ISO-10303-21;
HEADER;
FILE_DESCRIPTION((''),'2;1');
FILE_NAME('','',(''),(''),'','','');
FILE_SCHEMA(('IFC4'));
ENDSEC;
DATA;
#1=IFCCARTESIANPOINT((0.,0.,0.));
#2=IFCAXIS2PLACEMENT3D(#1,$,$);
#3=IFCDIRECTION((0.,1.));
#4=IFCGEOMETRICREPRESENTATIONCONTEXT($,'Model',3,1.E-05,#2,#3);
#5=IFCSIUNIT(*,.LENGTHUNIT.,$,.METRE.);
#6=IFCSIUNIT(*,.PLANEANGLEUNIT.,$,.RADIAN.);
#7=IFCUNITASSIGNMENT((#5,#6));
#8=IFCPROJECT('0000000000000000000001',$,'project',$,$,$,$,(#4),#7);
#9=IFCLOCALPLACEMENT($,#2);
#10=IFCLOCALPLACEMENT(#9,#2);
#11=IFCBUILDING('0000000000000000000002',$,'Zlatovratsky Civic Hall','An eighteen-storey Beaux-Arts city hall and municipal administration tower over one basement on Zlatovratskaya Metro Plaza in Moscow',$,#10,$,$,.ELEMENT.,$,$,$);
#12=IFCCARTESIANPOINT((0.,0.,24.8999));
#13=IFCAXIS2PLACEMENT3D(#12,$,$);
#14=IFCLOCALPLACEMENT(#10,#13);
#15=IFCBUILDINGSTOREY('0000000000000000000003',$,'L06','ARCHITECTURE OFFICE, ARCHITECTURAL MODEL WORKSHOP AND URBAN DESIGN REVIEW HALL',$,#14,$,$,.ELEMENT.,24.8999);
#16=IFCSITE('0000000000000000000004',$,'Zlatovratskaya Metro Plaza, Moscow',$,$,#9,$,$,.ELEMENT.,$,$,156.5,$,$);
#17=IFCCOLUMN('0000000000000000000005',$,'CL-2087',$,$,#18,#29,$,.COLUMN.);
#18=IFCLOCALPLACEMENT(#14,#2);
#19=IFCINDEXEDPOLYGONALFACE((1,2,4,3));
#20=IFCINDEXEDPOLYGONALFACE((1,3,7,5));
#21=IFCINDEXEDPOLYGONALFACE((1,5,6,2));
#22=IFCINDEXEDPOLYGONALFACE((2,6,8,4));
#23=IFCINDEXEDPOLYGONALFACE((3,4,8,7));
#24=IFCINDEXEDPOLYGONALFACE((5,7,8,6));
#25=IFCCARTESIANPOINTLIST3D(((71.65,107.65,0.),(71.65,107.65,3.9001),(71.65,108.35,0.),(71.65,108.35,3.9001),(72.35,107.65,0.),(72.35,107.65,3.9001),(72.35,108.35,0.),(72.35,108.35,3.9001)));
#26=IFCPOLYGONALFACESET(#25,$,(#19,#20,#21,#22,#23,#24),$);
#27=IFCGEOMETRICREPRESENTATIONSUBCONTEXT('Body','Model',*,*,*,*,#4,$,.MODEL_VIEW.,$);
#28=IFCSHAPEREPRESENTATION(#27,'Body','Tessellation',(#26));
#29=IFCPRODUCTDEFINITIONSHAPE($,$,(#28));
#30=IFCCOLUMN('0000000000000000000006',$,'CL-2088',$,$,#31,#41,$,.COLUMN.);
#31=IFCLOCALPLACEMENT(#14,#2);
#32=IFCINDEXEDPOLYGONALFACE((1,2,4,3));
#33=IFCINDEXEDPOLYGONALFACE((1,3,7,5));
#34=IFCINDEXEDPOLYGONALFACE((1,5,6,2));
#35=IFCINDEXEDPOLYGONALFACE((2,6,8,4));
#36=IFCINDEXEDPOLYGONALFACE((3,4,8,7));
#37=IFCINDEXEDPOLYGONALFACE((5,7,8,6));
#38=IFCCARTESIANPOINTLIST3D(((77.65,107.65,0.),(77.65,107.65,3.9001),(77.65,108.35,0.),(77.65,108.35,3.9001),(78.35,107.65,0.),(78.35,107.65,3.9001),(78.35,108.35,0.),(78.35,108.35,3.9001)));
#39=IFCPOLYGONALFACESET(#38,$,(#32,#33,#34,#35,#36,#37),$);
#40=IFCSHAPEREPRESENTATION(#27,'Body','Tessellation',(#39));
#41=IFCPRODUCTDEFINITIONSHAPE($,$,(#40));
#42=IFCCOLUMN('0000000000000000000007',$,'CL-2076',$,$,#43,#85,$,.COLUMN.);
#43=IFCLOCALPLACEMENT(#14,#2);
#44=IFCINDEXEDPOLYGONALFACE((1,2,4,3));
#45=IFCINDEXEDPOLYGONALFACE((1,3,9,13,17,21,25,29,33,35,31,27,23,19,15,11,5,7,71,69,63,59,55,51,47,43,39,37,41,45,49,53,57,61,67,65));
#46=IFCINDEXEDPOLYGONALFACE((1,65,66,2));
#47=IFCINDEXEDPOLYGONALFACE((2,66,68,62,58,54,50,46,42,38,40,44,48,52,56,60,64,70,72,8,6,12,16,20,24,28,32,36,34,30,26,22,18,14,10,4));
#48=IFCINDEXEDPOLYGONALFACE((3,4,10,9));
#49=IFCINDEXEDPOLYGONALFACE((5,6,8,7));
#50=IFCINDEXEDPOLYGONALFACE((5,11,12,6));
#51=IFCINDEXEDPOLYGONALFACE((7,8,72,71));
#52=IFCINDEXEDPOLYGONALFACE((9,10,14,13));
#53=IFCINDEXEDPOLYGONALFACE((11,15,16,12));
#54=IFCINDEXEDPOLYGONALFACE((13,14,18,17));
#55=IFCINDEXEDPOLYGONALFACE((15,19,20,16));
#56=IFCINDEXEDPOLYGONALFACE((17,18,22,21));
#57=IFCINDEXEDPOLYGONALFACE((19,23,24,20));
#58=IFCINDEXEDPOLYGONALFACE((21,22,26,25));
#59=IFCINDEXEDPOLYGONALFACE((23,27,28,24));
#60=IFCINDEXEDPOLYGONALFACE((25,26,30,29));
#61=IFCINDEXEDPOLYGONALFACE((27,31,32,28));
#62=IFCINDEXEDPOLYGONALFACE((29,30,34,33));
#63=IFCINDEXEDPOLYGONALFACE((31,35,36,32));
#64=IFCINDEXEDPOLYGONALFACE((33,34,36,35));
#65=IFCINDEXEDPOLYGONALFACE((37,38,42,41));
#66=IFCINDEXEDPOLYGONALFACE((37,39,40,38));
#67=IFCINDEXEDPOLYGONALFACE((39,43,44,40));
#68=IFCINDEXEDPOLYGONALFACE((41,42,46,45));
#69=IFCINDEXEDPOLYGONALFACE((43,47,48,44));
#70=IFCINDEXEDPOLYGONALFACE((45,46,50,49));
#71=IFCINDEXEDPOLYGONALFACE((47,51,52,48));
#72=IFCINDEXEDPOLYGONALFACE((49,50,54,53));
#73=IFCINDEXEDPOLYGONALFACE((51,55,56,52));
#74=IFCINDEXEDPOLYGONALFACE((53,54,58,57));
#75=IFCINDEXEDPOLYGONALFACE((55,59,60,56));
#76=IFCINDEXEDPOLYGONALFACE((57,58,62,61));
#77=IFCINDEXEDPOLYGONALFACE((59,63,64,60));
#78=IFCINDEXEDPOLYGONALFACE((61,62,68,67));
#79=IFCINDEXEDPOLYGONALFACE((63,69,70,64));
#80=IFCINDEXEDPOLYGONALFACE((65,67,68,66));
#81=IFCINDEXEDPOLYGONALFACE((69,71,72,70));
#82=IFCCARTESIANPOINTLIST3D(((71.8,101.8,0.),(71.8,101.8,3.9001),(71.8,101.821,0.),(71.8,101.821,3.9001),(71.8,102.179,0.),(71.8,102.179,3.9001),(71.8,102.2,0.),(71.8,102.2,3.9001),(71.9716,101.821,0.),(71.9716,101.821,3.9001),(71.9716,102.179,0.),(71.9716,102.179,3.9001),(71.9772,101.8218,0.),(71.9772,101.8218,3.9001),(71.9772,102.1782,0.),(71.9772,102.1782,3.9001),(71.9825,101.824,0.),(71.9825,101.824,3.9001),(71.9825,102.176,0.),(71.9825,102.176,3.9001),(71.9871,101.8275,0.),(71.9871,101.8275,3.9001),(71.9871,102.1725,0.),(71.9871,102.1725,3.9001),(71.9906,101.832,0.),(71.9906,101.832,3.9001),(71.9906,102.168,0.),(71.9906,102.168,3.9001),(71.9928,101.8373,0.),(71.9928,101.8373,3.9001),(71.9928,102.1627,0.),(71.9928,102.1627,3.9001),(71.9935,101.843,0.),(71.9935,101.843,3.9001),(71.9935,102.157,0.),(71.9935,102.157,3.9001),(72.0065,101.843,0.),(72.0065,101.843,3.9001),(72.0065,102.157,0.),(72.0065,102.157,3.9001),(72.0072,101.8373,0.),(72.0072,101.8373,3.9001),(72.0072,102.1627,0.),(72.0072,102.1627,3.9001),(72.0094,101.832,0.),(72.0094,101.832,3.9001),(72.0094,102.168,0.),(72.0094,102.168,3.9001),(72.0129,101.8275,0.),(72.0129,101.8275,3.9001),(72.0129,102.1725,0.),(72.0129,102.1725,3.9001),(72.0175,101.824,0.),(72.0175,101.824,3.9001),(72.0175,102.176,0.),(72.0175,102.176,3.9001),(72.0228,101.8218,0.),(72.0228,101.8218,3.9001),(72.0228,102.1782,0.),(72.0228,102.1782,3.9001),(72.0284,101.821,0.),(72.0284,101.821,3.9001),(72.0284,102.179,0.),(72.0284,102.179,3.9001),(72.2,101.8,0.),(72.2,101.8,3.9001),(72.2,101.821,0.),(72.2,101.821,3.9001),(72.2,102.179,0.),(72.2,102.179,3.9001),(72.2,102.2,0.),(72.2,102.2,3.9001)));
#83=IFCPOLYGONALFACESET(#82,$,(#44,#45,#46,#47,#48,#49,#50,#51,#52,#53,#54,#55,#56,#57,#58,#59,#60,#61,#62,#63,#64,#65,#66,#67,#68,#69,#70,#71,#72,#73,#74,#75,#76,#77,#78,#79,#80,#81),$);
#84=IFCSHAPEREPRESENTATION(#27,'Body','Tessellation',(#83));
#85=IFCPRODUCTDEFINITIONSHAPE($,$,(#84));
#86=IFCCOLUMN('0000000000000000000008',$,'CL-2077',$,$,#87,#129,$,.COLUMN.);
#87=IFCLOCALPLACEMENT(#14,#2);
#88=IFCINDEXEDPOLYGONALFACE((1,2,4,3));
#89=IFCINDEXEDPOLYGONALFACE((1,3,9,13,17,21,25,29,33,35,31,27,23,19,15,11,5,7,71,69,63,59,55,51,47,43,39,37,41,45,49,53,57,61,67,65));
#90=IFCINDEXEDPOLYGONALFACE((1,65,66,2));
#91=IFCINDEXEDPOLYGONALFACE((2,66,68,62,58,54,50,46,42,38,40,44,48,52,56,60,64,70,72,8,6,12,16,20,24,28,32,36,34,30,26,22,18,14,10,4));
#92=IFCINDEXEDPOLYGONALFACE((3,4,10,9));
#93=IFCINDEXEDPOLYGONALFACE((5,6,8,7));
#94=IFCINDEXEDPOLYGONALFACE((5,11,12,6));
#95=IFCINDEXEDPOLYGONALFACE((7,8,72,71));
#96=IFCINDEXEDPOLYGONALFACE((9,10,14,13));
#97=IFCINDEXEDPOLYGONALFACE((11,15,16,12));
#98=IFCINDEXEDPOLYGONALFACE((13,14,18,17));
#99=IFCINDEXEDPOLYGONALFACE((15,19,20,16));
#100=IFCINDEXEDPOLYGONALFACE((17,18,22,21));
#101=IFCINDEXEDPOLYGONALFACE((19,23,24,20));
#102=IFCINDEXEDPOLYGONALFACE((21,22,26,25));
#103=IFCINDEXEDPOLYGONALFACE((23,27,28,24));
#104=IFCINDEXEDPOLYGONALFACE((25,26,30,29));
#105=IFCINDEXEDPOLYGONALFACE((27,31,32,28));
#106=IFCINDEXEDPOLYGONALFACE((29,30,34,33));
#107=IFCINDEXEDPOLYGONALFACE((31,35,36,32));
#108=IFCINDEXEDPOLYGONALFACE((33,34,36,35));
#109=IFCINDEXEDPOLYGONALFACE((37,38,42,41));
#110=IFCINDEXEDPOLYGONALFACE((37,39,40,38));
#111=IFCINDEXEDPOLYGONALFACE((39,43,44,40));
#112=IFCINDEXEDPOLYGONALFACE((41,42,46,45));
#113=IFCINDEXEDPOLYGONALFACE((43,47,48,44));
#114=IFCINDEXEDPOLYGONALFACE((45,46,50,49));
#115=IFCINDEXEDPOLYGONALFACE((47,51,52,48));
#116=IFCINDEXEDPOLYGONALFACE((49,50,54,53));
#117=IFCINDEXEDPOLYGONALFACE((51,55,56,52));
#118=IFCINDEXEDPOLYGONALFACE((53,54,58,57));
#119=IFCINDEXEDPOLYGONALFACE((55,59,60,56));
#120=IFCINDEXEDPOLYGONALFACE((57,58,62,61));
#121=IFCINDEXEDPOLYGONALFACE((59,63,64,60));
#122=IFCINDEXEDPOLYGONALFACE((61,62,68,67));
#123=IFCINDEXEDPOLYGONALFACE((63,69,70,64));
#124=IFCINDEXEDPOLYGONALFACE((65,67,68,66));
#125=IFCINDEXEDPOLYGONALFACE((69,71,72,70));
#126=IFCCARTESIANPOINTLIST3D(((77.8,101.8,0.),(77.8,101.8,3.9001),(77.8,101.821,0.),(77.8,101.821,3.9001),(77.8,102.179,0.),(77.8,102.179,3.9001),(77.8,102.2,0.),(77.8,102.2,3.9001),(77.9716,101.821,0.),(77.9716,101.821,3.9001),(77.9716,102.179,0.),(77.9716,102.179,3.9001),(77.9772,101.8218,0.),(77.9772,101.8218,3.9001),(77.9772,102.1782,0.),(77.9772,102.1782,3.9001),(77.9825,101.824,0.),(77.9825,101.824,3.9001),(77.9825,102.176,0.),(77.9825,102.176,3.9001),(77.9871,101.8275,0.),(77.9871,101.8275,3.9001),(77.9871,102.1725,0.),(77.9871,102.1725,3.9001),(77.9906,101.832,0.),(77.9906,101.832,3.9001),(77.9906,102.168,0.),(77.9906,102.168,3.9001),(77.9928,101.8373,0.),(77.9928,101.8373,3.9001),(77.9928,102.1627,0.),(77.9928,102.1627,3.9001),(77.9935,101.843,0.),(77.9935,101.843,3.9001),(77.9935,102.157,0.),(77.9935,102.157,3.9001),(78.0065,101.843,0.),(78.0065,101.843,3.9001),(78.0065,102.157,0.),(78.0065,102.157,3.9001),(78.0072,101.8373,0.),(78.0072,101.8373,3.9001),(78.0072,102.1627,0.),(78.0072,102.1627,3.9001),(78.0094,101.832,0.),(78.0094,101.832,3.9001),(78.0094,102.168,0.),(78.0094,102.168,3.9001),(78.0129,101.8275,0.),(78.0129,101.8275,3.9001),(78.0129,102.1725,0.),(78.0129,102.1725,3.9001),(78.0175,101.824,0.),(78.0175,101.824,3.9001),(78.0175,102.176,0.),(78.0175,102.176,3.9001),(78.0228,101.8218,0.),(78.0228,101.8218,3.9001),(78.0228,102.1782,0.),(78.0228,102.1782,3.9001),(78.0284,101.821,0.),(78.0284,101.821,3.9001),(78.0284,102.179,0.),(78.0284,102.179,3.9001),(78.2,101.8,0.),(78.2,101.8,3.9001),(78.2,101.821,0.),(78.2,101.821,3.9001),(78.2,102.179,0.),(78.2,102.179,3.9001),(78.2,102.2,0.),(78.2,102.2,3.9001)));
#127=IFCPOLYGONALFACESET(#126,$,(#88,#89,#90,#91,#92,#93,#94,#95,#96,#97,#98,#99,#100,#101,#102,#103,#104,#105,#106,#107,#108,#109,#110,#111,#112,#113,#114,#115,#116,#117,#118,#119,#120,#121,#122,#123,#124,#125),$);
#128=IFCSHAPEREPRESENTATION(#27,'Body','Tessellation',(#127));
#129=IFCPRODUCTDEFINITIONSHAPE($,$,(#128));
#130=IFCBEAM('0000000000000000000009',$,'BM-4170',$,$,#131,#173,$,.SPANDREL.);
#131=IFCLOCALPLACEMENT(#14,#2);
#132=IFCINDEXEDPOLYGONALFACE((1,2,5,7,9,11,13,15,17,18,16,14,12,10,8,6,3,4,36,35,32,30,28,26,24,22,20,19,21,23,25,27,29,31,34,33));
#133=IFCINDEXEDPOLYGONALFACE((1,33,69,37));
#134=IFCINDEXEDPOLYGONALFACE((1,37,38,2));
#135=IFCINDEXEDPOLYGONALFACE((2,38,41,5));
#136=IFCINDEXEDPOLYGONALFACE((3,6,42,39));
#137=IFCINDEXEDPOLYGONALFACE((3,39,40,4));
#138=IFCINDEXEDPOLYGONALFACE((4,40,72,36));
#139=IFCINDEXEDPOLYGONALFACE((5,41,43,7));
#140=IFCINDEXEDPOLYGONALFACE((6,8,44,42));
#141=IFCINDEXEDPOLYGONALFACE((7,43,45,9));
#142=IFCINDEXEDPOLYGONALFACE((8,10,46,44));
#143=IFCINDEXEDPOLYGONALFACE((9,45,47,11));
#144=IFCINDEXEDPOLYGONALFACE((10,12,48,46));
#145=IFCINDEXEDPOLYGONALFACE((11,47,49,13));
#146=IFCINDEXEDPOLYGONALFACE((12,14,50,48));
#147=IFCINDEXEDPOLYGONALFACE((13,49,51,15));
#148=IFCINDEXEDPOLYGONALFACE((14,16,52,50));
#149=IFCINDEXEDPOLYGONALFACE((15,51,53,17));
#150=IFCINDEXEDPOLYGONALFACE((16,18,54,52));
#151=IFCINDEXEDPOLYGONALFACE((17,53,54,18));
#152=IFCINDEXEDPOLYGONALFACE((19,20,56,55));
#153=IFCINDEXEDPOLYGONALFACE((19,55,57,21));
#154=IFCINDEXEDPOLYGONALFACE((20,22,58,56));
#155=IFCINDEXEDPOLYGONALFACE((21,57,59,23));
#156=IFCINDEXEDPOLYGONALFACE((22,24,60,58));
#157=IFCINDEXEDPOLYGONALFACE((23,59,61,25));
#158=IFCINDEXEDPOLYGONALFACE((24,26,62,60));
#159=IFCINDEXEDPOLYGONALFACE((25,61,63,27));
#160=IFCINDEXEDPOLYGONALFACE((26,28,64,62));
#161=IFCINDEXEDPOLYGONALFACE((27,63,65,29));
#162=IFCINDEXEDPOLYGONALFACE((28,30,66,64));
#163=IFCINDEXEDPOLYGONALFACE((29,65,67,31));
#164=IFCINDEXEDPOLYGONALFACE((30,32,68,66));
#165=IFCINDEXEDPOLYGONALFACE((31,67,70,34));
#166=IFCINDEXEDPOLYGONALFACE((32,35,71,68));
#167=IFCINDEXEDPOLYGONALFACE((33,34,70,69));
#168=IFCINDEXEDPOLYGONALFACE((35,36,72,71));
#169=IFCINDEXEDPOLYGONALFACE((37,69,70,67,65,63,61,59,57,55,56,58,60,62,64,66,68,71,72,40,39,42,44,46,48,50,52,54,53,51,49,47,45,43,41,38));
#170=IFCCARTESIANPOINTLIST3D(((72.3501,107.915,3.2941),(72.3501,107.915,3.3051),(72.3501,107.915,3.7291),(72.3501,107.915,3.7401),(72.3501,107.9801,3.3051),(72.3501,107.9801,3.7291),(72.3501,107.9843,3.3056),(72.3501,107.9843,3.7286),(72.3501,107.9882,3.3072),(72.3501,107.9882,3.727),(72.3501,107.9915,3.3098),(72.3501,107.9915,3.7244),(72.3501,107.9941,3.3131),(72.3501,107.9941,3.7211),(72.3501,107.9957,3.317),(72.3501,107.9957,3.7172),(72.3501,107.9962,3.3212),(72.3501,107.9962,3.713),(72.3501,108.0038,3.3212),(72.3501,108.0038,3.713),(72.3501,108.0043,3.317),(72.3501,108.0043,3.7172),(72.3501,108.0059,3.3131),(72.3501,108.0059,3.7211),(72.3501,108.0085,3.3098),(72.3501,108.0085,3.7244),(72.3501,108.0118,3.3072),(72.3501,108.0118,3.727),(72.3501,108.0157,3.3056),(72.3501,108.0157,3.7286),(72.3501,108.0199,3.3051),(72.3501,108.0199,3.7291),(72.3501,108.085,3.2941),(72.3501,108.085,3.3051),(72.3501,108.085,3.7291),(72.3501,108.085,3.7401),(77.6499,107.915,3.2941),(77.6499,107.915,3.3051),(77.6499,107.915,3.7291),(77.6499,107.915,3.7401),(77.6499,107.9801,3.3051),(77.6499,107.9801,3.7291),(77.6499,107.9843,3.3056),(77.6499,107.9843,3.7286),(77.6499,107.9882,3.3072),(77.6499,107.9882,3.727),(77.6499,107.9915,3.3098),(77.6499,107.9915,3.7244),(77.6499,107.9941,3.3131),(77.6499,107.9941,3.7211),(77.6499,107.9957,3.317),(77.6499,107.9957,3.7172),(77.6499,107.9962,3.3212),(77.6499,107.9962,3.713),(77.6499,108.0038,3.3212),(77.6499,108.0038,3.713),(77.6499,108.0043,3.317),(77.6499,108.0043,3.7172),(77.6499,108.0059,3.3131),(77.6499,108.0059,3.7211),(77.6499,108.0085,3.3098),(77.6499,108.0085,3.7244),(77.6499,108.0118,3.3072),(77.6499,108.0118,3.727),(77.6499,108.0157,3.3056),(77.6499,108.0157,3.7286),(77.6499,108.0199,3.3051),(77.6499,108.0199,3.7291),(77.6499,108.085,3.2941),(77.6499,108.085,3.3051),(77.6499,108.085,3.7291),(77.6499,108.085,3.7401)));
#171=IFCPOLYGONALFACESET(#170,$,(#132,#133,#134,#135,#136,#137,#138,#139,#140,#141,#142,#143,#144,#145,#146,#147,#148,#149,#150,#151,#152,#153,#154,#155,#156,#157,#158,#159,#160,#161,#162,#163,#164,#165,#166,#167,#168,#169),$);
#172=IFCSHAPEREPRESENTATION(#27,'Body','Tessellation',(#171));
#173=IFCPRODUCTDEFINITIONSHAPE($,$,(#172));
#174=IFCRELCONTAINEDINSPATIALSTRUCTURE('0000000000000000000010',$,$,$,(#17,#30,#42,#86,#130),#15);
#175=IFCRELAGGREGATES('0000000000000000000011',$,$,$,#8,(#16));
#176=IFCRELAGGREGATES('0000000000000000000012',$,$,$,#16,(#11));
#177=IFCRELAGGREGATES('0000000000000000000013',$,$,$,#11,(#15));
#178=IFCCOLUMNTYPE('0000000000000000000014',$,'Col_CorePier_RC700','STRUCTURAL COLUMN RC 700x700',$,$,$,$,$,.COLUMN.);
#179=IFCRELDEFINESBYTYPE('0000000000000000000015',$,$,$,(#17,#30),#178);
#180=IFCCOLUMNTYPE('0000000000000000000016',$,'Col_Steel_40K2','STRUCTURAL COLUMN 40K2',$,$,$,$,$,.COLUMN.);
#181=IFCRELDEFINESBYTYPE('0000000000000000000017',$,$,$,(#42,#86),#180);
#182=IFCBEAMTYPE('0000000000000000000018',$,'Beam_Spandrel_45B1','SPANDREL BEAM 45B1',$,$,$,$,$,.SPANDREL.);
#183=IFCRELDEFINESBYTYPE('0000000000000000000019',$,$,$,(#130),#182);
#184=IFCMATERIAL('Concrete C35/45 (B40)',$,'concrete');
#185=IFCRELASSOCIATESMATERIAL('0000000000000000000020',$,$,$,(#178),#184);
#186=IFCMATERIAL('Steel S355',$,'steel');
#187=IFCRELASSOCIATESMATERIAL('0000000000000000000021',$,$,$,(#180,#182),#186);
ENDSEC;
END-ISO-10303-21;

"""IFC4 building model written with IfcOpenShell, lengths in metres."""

from ifc_helpers import new_model, si_unit, direction, frame, origin, origin_2d, place, context, subcontext, project, spatial, rectangle, i_section, extrude, material, material_profile, profile_set, type_object, element, save


model = new_model("IFC4")

# Units and contexts
model_context = context("Model", 3, precision=1e-05, world=origin(), true_north=direction((0.0, 1.0)))
body_context = subcontext(model_context, "Body", "Model", "MODEL_VIEW")
ifc_project = project(units=[si_unit("LENGTHUNIT", "METRE"), si_unit("PLANEANGLEUNIT", "RADIAN")], contexts=[model_context])

# Site, building, storey
site_placement = place(None, origin())
site = spatial("IfcSite", under=ifc_project, at=site_placement, Name="Zlatovratskaya Metro Plaza, Moscow", CompositionType="ELEMENT", RefElevation=156.5)
building_placement = place(site_placement, origin())
building = spatial("IfcBuilding", under=site, at=building_placement, Name="Zlatovratsky Civic Hall", Description="An eighteen-storey Beaux-Arts city hall and municipal administration tower over one basement on Zlatovratskaya Metro Plaza in Moscow", CompositionType="ELEMENT")
storey_placement = place(building_placement, frame((0.0, 0.0, 24.8999)))
storey = spatial("IfcBuildingStorey", under=building, at=storey_placement, Name="L06", Description="ARCHITECTURE OFFICE, ARCHITECTURAL MODEL WORKSHOP AND URBAN DESIGN REVIEW HALL", CompositionType="ELEMENT", Elevation=24.8999)

# Columns
ifc_material_1 = material(Name="Concrete C35/45 (B40)", Category="concrete")
ifc_material_profile_1 = material_profile(ifc_material_1, rectangle(XDim=0.7, YDim=0.7, at=origin_2d()), Name="RC 700x700")
ifc_profile_set_1 = profile_set([ifc_material_profile_1], Name="Concrete C35/45 (B40)")
column_type_1 = type_object("IfcColumnType", Name="Col_CorePier_RC700", Description="STRUCTURAL COLUMN RC 700x700", PredefinedType="COLUMN", material=ifc_profile_set_1)
for number, where, z_axis, x_axis, name in (
    (1, (72.0, 108.0, 0.0), (0.0, 0.0, 1.0), (1.0, 0.0, 0.0), "CL-2087"),
    (2, (78.0, 108.0, 0.0), (0.0, 0.0, 1.0), (1.0, 0.0, 0.0), "CL-2088"),
):
    element("IfcColumn", number, at=place(storey_placement, frame(where, z_axis=z_axis, x_axis=x_axis)), inside=storey, type_object=column_type_1, Name=name, PredefinedType="COLUMN", context=body_context, shape_type="SweptSolid", body=[
        extrude(rectangle(XDim=0.7, YDim=0.7, at=origin_2d()), origin(), (0.0, 0.0, 1.0), 3.9001),
    ])
ifc_material_2 = material(Name="Steel S355", Category="steel")
ifc_material_profile_2 = material_profile(ifc_material_2, i_section(OverallWidth=0.3999, OverallDepth=0.3999, WebThickness=0.0129, FlangeThickness=0.021, FilletRadius=0.022, at=origin_2d()), Name="40K2")
ifc_profile_set_2 = profile_set([ifc_material_profile_2], Name="Steel S355")
column_type_2 = type_object("IfcColumnType", Name="Col_Steel_40K2", Description="STRUCTURAL COLUMN 40K2", PredefinedType="COLUMN", material=ifc_profile_set_2)
for number, where, z_axis, x_axis, name in (
    (3, (72.0, 102.0, 0.0), (0.0, 0.0, 1.0), (1.0, 0.0, 0.0), "CL-2076"),
    (4, (78.0, 102.0, 0.0), (0.0, 0.0, 1.0), (1.0, 0.0, 0.0), "CL-2077"),
):
    element("IfcColumn", number, at=place(storey_placement, frame(where, z_axis=z_axis, x_axis=x_axis)), inside=storey, type_object=column_type_2, Name=name, PredefinedType="COLUMN", context=body_context, shape_type="SweptSolid", body=[
        extrude(i_section(OverallWidth=0.3999, OverallDepth=0.3999, WebThickness=0.0129, FlangeThickness=0.021, FilletRadius=0.022, at=origin_2d()), origin(), (0.0, 0.0, 1.0), 3.9001),
    ])

# Beam
ifc_material_profile_3 = material_profile(ifc_material_2, i_section(OverallWidth=0.1699, OverallDepth=0.446, WebThickness=0.0076, FlangeThickness=0.011, FilletRadius=0.0161, at=origin_2d()), Name="45B1")
ifc_profile_set_3 = profile_set([ifc_material_profile_3], Name="Steel S355")
beam_type_1 = type_object("IfcBeamType", Name="Beam_Spandrel_45B1", Description="SPANDREL BEAM 45B1", PredefinedType="SPANDREL", material=ifc_profile_set_3)
for number, where, z_axis, x_axis, name in (
    (5, (72.3501, 108.0, 3.5171), (1.0, 0.0, 0.0), (0.0, 1.0, 0.0), "BM-4170"),
):
    element("IfcBeam", number, at=place(storey_placement, frame(where, z_axis=z_axis, x_axis=x_axis)), inside=storey, type_object=beam_type_1, Name=name, PredefinedType="SPANDREL", context=body_context, shape_type="SweptSolid", body=[
        extrude(i_section(OverallWidth=0.1699, OverallDepth=0.446, WebThickness=0.0076, FlangeThickness=0.011, FilletRadius=0.0161, at=origin_2d()), origin(), (0.0, 0.0, 1.0), 5.2998),
    ])

save(model, "model.ifc")
